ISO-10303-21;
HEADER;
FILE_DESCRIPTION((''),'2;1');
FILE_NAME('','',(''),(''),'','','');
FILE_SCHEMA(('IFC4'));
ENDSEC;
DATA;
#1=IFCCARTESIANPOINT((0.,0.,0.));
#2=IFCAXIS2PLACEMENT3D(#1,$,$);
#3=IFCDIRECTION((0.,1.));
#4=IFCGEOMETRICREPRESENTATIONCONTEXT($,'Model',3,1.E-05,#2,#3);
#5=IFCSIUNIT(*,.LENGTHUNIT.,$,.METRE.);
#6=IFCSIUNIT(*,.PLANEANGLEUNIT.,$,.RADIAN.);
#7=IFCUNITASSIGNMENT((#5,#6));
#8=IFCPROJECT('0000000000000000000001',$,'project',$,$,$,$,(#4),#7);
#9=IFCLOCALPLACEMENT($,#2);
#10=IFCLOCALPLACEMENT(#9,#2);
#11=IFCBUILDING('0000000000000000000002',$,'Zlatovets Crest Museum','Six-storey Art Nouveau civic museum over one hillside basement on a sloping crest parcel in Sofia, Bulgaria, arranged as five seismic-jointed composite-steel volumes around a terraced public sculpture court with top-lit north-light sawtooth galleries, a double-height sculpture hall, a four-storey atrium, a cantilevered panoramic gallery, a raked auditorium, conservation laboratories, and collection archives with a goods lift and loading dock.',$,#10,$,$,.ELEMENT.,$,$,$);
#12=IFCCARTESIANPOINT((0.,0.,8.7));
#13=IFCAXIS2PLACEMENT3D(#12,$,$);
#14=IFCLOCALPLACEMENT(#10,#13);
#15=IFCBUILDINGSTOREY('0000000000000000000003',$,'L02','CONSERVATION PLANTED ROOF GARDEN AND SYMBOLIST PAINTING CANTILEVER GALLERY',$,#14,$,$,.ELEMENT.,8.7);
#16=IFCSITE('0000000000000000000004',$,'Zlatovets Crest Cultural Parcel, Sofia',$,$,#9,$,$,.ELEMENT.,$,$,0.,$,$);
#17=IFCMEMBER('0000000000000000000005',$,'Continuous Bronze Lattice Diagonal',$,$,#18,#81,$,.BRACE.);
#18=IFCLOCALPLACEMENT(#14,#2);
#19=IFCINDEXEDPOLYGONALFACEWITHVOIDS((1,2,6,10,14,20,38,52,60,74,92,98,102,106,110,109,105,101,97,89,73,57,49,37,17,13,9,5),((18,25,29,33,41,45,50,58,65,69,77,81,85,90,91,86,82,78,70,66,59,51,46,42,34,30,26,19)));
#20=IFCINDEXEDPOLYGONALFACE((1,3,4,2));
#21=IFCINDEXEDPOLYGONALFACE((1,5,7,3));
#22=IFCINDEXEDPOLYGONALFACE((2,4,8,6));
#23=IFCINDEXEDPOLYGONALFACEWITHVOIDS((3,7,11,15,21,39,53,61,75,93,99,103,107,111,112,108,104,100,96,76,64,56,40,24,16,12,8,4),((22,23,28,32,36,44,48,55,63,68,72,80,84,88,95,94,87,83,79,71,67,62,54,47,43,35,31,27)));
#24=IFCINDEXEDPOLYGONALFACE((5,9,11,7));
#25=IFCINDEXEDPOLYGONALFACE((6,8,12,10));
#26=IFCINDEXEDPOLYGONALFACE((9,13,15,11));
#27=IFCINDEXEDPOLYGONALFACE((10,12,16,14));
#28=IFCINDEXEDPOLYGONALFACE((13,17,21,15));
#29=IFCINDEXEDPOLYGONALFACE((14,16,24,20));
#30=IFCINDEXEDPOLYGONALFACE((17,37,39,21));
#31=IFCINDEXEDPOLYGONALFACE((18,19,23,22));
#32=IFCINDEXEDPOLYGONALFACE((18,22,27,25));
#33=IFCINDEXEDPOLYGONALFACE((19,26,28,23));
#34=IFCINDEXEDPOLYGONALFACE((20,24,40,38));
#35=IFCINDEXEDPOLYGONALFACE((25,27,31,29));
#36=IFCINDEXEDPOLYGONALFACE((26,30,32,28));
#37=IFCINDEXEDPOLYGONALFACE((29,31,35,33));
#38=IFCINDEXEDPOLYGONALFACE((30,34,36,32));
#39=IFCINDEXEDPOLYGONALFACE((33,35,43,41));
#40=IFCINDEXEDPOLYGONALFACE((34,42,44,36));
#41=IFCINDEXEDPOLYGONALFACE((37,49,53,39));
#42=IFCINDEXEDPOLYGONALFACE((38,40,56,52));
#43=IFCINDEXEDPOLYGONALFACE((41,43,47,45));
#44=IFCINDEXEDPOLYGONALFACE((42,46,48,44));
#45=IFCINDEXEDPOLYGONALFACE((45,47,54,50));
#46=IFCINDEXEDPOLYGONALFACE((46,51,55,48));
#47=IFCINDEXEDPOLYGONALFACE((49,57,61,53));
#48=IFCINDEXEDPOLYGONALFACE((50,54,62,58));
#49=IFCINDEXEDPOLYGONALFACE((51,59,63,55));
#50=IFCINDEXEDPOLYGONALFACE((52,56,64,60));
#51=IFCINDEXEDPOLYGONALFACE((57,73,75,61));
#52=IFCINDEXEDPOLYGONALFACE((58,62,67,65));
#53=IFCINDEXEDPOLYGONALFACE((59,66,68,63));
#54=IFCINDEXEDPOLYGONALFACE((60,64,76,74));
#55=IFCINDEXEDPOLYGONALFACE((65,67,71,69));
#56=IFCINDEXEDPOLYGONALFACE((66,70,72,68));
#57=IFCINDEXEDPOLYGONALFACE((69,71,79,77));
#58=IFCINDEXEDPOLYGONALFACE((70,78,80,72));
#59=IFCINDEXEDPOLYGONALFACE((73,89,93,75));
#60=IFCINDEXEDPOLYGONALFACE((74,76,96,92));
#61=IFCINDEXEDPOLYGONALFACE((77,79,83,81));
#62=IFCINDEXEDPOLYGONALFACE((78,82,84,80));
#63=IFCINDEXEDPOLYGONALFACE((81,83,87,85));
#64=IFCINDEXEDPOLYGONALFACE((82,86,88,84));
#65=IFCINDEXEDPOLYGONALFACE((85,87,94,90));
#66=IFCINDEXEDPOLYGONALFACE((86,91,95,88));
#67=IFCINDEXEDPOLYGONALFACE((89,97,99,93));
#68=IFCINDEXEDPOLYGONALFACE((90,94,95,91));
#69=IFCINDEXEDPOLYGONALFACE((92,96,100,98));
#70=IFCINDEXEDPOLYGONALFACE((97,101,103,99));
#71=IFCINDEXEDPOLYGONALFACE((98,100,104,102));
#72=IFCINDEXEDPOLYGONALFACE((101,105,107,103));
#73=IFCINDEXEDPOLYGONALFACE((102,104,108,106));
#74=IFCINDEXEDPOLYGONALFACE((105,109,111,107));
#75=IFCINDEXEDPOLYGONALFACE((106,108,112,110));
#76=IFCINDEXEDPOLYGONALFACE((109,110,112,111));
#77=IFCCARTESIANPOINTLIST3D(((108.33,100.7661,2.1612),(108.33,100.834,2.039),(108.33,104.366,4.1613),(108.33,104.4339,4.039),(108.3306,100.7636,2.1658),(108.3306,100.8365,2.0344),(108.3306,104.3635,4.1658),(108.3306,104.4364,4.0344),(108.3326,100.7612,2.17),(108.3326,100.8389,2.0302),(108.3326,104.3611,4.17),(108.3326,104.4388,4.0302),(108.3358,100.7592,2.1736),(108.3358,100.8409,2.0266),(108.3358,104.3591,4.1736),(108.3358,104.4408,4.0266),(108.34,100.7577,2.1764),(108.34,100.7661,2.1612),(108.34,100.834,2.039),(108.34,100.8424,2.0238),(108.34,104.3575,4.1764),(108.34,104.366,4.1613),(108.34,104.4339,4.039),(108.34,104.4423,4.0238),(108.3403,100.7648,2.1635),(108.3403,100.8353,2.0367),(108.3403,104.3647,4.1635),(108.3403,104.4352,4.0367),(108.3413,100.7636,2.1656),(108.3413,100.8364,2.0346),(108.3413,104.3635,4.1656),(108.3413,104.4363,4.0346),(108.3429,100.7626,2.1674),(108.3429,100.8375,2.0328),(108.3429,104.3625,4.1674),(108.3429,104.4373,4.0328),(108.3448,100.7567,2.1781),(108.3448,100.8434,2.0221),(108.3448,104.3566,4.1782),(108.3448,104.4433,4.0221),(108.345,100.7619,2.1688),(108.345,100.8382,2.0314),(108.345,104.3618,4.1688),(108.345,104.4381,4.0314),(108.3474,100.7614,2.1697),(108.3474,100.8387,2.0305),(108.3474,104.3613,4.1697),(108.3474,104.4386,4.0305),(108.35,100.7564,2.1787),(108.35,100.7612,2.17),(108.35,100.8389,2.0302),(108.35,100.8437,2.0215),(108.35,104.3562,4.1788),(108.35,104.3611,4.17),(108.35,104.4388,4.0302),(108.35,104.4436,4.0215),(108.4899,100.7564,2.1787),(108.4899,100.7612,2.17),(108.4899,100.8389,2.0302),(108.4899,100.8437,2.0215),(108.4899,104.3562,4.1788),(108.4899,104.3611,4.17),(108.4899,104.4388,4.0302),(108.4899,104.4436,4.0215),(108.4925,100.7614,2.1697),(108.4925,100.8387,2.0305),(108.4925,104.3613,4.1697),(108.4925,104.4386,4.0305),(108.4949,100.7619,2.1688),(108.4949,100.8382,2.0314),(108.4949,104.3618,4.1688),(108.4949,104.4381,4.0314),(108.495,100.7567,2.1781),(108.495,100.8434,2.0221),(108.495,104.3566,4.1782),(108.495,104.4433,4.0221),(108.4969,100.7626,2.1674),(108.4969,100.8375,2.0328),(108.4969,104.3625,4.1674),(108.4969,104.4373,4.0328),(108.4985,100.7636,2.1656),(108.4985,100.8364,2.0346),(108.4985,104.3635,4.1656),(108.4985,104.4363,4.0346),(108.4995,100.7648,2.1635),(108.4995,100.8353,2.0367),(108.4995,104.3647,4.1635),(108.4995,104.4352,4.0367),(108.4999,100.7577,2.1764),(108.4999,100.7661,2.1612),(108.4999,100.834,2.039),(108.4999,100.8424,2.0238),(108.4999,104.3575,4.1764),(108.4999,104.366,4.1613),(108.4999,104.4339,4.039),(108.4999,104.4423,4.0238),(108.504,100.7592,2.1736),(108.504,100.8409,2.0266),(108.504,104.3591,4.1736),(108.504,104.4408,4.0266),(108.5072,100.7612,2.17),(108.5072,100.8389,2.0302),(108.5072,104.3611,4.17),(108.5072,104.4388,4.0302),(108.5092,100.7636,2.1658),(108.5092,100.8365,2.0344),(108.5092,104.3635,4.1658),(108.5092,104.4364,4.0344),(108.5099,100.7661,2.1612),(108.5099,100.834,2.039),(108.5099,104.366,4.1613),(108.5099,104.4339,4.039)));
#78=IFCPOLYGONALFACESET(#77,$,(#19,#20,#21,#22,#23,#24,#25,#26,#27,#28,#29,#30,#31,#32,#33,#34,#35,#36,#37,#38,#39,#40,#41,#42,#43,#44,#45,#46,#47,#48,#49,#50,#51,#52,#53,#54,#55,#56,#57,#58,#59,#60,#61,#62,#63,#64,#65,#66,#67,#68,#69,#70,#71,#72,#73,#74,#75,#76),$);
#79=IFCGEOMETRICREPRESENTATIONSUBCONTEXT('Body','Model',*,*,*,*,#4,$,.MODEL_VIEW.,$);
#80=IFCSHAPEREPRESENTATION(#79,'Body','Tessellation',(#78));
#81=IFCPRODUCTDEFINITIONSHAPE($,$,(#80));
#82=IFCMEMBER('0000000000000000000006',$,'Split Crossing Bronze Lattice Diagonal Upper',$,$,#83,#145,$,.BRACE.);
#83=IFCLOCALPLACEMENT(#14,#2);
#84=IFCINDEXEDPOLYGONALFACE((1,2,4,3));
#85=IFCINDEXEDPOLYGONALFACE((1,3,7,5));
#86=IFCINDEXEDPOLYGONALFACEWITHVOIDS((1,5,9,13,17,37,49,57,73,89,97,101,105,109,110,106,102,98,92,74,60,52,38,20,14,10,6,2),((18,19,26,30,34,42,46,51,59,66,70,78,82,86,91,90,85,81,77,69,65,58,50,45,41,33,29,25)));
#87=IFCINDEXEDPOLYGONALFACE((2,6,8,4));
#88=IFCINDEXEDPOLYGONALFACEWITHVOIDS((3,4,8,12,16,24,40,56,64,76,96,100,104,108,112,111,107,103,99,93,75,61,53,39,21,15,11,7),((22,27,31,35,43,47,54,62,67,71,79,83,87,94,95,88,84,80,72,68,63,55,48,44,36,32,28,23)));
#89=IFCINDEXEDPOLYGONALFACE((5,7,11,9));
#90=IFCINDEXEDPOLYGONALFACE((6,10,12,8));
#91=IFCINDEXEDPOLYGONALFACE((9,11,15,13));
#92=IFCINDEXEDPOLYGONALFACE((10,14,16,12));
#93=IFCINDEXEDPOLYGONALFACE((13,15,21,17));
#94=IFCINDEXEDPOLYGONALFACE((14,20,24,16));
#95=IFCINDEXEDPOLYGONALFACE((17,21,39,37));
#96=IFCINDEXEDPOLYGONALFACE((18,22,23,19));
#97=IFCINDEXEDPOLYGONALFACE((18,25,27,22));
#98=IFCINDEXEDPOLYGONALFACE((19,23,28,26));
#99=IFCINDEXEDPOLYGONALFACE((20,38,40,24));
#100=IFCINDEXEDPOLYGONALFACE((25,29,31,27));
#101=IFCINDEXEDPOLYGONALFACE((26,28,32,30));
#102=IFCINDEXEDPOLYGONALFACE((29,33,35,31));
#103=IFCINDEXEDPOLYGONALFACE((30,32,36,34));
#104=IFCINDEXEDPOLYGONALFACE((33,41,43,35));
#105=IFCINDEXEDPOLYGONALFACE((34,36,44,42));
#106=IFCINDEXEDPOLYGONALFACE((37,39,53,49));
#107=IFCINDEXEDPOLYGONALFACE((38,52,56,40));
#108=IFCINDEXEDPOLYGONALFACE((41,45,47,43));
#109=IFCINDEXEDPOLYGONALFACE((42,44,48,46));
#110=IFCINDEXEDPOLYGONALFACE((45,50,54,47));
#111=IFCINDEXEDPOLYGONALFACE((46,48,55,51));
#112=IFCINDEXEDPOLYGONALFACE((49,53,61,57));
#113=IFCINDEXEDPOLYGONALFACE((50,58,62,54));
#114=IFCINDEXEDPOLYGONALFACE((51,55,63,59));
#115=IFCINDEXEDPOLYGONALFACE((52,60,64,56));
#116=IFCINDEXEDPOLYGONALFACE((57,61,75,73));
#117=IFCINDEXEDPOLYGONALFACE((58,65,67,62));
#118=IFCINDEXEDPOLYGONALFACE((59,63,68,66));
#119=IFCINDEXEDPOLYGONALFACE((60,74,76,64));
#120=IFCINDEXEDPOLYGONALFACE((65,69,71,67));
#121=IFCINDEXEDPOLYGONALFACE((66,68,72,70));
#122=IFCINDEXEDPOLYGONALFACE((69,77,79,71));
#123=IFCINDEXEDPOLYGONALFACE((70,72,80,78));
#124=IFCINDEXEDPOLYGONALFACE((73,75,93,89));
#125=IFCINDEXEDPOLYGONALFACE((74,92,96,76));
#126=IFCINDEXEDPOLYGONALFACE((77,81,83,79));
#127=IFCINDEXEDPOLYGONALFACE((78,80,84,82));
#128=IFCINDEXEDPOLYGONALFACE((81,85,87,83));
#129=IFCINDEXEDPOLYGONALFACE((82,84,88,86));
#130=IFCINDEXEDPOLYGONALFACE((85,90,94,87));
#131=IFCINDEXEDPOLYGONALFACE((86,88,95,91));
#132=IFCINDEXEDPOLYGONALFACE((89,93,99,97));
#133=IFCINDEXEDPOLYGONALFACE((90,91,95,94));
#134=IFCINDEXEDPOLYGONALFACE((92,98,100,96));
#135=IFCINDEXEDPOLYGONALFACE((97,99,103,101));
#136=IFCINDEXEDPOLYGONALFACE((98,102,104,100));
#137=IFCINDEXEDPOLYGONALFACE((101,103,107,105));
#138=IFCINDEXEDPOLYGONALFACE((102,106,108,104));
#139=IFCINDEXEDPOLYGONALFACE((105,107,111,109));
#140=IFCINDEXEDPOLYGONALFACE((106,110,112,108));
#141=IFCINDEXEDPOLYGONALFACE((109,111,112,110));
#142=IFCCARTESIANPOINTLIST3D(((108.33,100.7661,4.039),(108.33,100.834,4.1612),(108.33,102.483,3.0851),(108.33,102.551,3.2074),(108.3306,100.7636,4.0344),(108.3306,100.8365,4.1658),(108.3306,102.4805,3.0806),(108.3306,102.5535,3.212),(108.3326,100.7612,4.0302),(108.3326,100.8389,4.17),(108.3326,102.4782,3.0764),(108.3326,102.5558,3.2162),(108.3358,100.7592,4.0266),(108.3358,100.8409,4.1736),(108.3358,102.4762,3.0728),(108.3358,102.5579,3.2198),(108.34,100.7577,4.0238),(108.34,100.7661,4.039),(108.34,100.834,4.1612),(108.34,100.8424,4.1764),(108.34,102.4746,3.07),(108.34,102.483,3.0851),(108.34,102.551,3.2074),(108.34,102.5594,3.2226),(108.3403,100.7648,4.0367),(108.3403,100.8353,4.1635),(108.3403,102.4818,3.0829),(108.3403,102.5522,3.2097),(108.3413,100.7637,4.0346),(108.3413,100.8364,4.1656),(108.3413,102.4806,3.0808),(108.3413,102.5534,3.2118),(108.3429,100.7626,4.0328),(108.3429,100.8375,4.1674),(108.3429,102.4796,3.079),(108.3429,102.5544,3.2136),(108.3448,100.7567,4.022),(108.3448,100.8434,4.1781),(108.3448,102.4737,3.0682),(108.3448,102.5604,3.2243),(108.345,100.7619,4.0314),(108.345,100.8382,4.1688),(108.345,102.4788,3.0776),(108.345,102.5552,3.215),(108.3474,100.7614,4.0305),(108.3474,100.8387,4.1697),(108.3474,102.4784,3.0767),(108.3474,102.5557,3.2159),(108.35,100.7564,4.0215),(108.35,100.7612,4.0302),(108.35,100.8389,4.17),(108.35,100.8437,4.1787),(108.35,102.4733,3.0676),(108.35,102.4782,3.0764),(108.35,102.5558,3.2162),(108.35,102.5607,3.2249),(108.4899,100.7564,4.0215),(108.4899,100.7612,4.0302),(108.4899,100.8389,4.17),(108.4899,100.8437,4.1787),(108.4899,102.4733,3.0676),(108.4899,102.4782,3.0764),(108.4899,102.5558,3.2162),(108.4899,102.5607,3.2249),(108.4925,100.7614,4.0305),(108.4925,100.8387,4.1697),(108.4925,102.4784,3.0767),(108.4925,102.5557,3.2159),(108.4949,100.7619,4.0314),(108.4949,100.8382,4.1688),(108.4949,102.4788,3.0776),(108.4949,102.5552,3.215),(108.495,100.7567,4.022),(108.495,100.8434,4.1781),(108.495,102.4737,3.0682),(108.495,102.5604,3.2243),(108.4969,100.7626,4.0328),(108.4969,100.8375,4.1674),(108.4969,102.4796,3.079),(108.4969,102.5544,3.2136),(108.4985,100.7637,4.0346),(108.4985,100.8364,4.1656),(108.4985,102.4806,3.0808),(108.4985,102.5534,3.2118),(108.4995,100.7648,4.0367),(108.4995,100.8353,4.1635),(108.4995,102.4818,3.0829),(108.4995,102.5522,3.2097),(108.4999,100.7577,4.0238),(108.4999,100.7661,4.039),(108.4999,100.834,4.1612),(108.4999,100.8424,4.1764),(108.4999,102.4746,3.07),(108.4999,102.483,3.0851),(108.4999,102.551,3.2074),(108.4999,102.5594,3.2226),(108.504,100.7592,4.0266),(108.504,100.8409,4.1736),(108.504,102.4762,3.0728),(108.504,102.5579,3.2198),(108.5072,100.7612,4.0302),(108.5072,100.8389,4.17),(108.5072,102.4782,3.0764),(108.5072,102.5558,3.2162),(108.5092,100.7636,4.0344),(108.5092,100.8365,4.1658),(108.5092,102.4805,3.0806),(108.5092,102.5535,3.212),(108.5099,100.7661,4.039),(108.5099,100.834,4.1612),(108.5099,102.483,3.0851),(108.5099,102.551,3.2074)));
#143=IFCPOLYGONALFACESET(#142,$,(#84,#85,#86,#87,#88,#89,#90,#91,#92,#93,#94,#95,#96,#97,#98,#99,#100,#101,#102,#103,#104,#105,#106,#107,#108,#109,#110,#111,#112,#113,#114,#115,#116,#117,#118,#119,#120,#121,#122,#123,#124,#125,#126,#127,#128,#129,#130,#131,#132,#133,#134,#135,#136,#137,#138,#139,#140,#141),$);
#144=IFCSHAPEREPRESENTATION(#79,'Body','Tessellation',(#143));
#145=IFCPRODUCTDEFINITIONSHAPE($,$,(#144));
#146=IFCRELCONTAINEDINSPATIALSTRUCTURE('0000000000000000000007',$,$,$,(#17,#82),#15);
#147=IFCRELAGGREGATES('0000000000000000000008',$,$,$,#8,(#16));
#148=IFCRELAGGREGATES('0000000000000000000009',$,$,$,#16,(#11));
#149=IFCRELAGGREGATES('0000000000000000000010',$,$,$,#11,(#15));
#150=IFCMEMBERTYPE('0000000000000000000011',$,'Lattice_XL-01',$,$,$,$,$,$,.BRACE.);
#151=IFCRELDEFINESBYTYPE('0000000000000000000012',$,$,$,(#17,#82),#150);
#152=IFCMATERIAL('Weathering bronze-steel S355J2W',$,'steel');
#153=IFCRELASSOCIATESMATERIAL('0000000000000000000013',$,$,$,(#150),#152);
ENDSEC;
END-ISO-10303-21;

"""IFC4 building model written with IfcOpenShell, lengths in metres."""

from ifc_helpers import new_model, si_unit, direction, frame, origin, origin_2d, place, context, subcontext, project, spatial, hollow_rectangle, extrude, material, material_profile, profile_set, type_object, element, save


model = new_model("IFC4")

# Units and contexts
model_context = context("Model", 3, precision=1e-05, world=origin(), true_north=direction((0.0, 1.0)))
body_context = subcontext(model_context, "Body", "Model", "MODEL_VIEW")
ifc_project = project(units=[si_unit("LENGTHUNIT", "METRE"), si_unit("PLANEANGLEUNIT", "RADIAN")], contexts=[model_context])

# Site, building, storey
site_placement = place(None, origin())
site = spatial("IfcSite", under=ifc_project, at=site_placement, Name="Zlatovets Crest Cultural Parcel, Sofia", CompositionType="ELEMENT", RefElevation=0.0)
building_placement = place(site_placement, origin())
building = spatial("IfcBuilding", under=site, at=building_placement, Name="Zlatovets Crest Museum", Description="Six-storey Art Nouveau civic museum over one hillside basement on a sloping crest parcel in Sofia, Bulgaria, arranged as five seismic-jointed composite-steel volumes around a terraced public sculpture court with top-lit north-light sawtooth galleries, a double-height sculpture hall, a four-storey atrium, a cantilevered panoramic gallery, a raked auditorium, conservation laboratories, and collection archives with a goods lift and loading dock.", CompositionType="ELEMENT")
storey_placement = place(building_placement, frame((0.0, 0.0, 8.7)))
storey = spatial("IfcBuildingStorey", under=building, at=storey_placement, Name="L02", Description="CONSERVATION PLANTED ROOF GARDEN AND SYMBOLIST PAINTING CANTILEVER GALLERY", CompositionType="ELEMENT", Elevation=8.7)

# Members
ifc_material_1 = material(Name="Weathering bronze-steel S355J2W", Category="steel")
ifc_material_profile_1 = material_profile(ifc_material_1, hollow_rectangle(XDim=0.1799, YDim=0.1799, WallThickness=0.01, InnerFilletRadius=0.01, OuterFilletRadius=0.02, at=origin_2d()), Name="SHS 180x180x10.0")
ifc_profile_set_1 = profile_set([ifc_material_profile_1], Name="Weathering bronze-steel S355J2W")
member_type_1 = type_object("IfcMemberType", Name="Lattice_XL-01", PredefinedType="BRACE", material=ifc_profile_set_1)
member_1_placement = place(storey_placement, frame((108.4199, 100.8, 2.1001), z_axis=(0.0, 0.874149, 0.485658), x_axis=(-1.0, 0.0, 0.0)))
element("IfcMember", 1, at=member_1_placement, inside=storey, type_object=member_type_1, Name="Continuous Bronze Lattice Diagonal", PredefinedType="BRACE", context=body_context, shape_type="SweptSolid", body=[
    extrude(hollow_rectangle(XDim=0.1799, YDim=0.1799, WallThickness=0.01, InnerFilletRadius=0.01, OuterFilletRadius=0.02, at=origin_2d()), origin(), (0.0, 0.0, 1.0), 4.1182),
])
member_2_placement = place(storey_placement, frame((108.4199, 100.8, 4.1001), z_axis=(0.0, 0.874169, -0.485622), x_axis=(-1.0, 0.0, 0.0)))
element("IfcMember", 2, at=member_2_placement, inside=storey, type_object=member_type_1, Name="Split Crossing Bronze Lattice Diagonal Upper", PredefinedType="BRACE", context=body_context, shape_type="SweptSolid", body=[
    extrude(hollow_rectangle(XDim=0.1799, YDim=0.1799, WallThickness=0.01, InnerFilletRadius=0.01, OuterFilletRadius=0.02, at=origin_2d()), origin(), (0.0, 0.0, 1.0), 1.9641),
])

save(model, "model.ifc")
